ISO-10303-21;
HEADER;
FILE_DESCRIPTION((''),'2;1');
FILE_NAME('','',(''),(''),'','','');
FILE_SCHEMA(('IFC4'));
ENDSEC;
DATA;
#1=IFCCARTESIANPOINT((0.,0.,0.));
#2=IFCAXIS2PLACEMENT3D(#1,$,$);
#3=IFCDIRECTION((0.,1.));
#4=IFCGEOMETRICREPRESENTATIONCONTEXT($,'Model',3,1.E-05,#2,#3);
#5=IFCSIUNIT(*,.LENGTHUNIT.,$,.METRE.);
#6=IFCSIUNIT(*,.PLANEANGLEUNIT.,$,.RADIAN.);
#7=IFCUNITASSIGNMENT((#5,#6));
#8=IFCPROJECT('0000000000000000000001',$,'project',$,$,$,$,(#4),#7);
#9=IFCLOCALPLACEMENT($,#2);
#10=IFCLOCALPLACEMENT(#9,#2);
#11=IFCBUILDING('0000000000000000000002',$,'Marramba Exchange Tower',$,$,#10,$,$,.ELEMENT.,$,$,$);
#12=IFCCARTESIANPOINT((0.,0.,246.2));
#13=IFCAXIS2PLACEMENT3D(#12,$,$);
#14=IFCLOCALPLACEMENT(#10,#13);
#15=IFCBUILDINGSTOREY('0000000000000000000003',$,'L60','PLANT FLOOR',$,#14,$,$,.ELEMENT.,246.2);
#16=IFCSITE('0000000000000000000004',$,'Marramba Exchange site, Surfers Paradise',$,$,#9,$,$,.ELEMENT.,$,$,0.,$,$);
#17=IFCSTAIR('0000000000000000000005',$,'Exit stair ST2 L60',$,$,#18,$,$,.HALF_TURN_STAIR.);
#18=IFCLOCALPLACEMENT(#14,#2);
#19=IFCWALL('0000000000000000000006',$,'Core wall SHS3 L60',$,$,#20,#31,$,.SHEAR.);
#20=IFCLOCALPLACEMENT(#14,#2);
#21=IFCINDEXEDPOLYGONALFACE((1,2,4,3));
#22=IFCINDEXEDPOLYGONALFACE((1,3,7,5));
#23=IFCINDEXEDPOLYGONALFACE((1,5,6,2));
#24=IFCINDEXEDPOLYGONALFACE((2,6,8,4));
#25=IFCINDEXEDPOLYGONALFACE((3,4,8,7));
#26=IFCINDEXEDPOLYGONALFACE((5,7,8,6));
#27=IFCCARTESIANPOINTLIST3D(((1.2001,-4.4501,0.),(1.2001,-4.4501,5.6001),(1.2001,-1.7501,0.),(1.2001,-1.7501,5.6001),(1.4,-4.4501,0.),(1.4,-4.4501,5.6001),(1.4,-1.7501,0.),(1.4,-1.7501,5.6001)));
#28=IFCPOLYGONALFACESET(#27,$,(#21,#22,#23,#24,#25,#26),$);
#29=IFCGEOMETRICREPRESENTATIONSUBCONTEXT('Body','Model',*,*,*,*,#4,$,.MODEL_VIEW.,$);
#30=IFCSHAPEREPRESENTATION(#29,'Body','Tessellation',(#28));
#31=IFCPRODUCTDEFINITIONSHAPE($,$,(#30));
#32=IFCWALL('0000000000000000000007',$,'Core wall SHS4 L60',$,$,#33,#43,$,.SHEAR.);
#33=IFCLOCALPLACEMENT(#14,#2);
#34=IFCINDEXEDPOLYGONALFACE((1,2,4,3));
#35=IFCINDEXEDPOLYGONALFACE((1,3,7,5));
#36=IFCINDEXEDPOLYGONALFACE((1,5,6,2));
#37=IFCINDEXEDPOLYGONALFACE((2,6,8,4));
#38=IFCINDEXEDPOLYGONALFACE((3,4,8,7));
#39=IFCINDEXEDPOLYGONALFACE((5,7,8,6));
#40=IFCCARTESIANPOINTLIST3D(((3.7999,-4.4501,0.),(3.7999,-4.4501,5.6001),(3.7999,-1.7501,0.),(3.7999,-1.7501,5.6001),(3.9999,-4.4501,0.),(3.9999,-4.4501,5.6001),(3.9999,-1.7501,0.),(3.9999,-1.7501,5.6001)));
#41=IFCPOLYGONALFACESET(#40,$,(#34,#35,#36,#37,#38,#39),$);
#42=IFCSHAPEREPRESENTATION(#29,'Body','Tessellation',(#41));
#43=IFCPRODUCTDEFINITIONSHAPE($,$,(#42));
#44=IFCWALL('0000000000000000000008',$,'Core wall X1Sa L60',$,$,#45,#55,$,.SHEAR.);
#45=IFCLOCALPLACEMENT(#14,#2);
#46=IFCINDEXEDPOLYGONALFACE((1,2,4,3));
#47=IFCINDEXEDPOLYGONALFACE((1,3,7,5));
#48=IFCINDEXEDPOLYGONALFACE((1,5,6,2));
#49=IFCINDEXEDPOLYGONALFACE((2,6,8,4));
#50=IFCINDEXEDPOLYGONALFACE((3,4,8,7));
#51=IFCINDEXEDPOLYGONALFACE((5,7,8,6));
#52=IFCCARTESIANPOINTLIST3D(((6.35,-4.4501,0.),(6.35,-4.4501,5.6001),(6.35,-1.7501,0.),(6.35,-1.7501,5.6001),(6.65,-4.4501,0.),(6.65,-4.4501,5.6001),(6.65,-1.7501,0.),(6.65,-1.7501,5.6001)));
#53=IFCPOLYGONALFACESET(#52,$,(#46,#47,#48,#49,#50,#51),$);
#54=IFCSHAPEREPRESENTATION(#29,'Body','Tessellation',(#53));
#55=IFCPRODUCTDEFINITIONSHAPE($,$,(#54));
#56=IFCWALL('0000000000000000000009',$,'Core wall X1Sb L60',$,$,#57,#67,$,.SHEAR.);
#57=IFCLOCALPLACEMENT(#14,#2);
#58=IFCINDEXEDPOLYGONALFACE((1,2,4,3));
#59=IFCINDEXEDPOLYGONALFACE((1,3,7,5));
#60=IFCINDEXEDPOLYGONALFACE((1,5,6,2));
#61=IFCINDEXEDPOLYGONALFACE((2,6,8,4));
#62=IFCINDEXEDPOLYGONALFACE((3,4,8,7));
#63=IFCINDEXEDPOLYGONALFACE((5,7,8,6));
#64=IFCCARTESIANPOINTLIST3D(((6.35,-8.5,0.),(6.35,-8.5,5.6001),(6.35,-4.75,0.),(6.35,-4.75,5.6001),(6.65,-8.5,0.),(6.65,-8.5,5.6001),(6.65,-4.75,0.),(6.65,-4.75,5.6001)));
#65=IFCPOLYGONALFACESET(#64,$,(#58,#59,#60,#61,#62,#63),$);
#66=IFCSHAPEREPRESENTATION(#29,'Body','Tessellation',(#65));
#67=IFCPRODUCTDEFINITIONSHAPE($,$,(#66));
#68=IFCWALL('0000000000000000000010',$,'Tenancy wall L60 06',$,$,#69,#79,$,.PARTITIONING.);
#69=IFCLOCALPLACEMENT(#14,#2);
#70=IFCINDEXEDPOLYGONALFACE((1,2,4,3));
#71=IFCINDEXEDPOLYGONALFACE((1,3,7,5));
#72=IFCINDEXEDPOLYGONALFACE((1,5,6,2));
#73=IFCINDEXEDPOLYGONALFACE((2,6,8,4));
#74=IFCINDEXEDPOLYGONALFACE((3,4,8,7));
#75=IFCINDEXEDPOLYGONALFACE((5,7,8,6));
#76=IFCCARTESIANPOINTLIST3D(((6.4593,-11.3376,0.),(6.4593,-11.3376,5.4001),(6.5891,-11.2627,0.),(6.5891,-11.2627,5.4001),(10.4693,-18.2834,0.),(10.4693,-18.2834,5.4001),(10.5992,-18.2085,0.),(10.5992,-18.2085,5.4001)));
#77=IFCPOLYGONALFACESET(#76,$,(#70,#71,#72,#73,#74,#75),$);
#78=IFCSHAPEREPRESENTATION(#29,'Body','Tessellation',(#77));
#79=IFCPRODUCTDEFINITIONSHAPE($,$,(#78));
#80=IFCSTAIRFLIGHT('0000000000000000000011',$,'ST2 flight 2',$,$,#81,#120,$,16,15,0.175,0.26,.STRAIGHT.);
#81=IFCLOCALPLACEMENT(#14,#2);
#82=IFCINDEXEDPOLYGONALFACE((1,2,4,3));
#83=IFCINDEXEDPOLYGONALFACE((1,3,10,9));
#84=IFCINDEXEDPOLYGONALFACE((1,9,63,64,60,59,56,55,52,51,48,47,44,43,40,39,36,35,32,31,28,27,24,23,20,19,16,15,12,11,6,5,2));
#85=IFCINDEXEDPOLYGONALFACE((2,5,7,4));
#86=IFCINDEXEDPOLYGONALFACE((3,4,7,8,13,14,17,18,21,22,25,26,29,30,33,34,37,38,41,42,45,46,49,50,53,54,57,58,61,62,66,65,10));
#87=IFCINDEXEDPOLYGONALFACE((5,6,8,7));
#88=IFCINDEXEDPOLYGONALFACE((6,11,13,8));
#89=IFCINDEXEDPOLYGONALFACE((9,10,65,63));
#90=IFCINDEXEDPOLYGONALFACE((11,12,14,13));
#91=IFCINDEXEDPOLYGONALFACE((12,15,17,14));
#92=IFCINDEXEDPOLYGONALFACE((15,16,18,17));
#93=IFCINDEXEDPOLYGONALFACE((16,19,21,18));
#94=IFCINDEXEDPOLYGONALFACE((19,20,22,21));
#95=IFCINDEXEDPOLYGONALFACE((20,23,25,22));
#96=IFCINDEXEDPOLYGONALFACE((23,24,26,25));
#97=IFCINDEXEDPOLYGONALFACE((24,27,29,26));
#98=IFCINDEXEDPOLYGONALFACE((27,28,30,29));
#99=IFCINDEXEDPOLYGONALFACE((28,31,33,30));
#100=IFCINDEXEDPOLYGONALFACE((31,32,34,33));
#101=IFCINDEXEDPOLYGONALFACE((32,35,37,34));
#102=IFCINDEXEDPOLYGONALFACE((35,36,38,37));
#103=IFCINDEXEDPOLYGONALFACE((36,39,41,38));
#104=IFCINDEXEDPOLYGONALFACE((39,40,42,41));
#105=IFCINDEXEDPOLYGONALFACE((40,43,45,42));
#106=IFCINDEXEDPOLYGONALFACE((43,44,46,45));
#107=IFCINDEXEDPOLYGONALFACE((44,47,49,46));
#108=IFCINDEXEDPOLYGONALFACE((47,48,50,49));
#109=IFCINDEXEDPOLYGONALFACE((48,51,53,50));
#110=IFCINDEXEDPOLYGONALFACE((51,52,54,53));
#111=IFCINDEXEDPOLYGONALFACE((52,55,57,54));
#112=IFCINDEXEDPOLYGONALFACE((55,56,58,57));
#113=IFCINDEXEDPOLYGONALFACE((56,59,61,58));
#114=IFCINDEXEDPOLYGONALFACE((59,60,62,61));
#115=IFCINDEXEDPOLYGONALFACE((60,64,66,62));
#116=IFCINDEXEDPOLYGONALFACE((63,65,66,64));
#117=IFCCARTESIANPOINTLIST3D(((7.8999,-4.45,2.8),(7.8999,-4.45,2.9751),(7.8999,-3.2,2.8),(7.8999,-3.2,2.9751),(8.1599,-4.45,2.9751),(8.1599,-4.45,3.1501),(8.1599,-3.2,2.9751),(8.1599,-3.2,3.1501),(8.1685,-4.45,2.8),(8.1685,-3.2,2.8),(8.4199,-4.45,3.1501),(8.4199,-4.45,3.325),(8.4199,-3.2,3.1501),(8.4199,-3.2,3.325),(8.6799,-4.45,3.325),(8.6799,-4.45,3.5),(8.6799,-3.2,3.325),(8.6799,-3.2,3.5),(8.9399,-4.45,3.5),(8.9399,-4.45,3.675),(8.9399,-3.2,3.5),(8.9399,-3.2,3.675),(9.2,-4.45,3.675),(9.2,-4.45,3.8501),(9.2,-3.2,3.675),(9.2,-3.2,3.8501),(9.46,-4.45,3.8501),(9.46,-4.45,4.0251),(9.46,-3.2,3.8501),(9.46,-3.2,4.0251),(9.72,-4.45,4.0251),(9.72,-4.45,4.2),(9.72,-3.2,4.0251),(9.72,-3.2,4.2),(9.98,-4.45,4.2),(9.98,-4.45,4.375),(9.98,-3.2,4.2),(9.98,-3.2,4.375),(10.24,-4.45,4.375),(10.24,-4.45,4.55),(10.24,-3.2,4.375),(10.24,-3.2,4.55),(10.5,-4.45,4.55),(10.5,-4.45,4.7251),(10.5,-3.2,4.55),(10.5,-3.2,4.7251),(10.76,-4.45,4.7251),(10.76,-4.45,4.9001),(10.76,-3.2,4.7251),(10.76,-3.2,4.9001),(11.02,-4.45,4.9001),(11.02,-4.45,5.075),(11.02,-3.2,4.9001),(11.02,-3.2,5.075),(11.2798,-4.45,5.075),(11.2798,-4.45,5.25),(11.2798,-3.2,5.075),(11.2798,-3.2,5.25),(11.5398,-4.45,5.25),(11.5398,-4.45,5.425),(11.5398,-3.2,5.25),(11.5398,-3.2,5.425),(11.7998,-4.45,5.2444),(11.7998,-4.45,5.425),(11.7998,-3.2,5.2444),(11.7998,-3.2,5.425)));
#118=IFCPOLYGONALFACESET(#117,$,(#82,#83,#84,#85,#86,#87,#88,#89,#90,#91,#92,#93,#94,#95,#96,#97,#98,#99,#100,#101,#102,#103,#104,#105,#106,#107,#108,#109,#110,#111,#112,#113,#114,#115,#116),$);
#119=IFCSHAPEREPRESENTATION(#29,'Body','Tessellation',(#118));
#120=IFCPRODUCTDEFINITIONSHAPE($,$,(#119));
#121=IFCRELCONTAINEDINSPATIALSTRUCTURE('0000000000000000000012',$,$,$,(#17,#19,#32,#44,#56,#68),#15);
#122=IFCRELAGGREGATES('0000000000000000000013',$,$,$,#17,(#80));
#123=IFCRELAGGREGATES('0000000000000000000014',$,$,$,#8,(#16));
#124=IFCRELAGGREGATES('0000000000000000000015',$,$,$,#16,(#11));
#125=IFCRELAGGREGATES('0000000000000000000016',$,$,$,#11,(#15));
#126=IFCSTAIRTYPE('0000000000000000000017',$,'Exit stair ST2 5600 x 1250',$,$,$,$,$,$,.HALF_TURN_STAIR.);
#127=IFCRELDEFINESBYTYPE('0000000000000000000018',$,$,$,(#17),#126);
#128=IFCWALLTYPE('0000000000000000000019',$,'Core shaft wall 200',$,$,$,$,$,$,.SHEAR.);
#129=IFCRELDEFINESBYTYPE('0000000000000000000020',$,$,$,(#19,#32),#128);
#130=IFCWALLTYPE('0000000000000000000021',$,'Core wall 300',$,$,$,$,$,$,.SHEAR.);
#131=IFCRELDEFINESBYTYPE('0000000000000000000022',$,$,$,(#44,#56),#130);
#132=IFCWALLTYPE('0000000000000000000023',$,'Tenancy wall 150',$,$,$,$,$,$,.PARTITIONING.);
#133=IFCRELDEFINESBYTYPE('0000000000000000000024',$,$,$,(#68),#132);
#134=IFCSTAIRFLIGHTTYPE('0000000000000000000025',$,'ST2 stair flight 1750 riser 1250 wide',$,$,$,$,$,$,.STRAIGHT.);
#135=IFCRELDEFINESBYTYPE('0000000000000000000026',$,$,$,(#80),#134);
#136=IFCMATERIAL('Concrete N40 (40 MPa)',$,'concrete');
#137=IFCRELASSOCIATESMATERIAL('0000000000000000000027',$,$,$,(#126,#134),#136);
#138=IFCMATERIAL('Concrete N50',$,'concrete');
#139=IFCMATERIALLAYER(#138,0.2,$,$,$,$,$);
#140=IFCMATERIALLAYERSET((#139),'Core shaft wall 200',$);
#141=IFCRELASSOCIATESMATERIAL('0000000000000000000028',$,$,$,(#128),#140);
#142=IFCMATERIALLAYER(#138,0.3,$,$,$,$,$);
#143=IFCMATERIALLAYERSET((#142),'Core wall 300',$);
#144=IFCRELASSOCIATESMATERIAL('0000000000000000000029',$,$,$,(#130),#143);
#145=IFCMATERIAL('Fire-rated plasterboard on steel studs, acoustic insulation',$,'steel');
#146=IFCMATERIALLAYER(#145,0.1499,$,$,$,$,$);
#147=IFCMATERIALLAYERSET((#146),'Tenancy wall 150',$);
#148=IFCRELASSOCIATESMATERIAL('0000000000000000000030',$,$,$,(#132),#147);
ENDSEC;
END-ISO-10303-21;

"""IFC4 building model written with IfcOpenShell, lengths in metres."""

from ifc_helpers import new_model, si_unit, direction, frame, frame_2d, origin, place, context, subcontext, project, spatial, polyline, rectangle, outline, extrude, material, layer, layer_set, type_object, element, aggregate, save


model = new_model("IFC4")

# Units and contexts
model_context = context("Model", 3, precision=1e-05, world=origin(), true_north=direction((0.0, 1.0)))
body_context = subcontext(model_context, "Body", "Model", "MODEL_VIEW")
ifc_project = project(units=[si_unit("LENGTHUNIT", "METRE"), si_unit("PLANEANGLEUNIT", "RADIAN")], contexts=[model_context])

# Site, building, storey
site_placement = place(None, origin())
site = spatial("IfcSite", under=ifc_project, at=site_placement, Name="Marramba Exchange site, Surfers Paradise", CompositionType="ELEMENT", RefElevation=0.0)
building_placement = place(site_placement, origin())
building = spatial("IfcBuilding", under=site, at=building_placement, Name="Marramba Exchange Tower", CompositionType="ELEMENT")
storey_placement = place(building_placement, frame((0.0, 0.0, 246.2)))
storey = spatial("IfcBuildingStorey", under=building, at=storey_placement, Name="L60", Description="PLANT FLOOR", CompositionType="ELEMENT", Elevation=246.2)

# Shared definitions
ifc_material_1 = material(Name="Concrete N50", Category="concrete")

# Stair
ifc_material_2 = material(Name="Concrete N40 (40 MPa)", Category="concrete")
stair_type_1 = type_object("IfcStairType", Name="Exit stair ST2 5600 x 1250", PredefinedType="HALF_TURN_STAIR", material=ifc_material_2)
stair_1_placement = place(storey_placement, origin())
stair_1 = element("IfcStair", 1, at=stair_1_placement, inside=storey, type_object=stair_type_1, Name="Exit stair ST2 L60", PredefinedType="HALF_TURN_STAIR")

# Walls
ifc_layer_1 = layer(ifc_material_1, 0.2)
ifc_layer_set_1 = layer_set([ifc_layer_1], Name="Core shaft wall 200")
wall_type_1 = type_object("IfcWallType", Name="Core shaft wall 200", PredefinedType="SHEAR", material=ifc_layer_set_1)
for number, where, z_axis, x_axis, name in (
    (2, (1.3, -1.75, 0.0), (0.0, 0.0, 1.0), (0.0, -1.0, 0.0), "Core wall SHS3 L60"),
    (3, (3.8999, -1.75, 0.0), (0.0, 0.0, 1.0), (0.0, -1.0, 0.0), "Core wall SHS4 L60"),
):
    element("IfcWall", number, at=place(storey_placement, frame(where, z_axis=z_axis, x_axis=x_axis)), inside=storey, type_object=wall_type_1, Name=name, PredefinedType="SHEAR", context=body_context, shape_type="SweptSolid", body=[
        extrude(rectangle(XDim=2.7, YDim=0.2, at=frame_2d((1.3501, 0.0))), origin(), (0.0, 0.0, 1.0), 5.6001),
    ])
ifc_layer_2 = layer(ifc_material_1, 0.3)
ifc_layer_set_2 = layer_set([ifc_layer_2], Name="Core wall 300")
wall_type_2 = type_object("IfcWallType", Name="Core wall 300", PredefinedType="SHEAR", material=ifc_layer_set_2)
wall_1_placement = place(storey_placement, frame((6.5, -1.75, 0.0), z_axis=(0.0, 0.0, 1.0), x_axis=(0.0, -1.0, 0.0)))
element("IfcWall", 4, at=wall_1_placement, inside=storey, type_object=wall_type_2, Name="Core wall X1Sa L60", PredefinedType="SHEAR", context=body_context, shape_type="SweptSolid", body=[
    extrude(rectangle(XDim=2.7, YDim=0.3, at=frame_2d((1.3501, 0.0))), origin(), (0.0, 0.0, 1.0), 5.6001),
])
wall_2_placement = place(storey_placement, frame((6.5, -4.75, 0.0), z_axis=(0.0, 0.0, 1.0), x_axis=(0.0, -1.0, 0.0)))
element("IfcWall", 5, at=wall_2_placement, inside=storey, type_object=wall_type_2, Name="Core wall X1Sb L60", PredefinedType="SHEAR", context=body_context, shape_type="SweptSolid", body=[
    extrude(rectangle(XDim=3.75, YDim=0.3, at=frame_2d((1.875, 0.0))), origin(), (0.0, 0.0, 1.0), 5.6001),
])
ifc_material_3 = material(Name="Fire-rated plasterboard on steel studs, acoustic insulation", Category="steel")
ifc_layer_3 = layer(ifc_material_3, 0.1499)
ifc_layer_set_3 = layer_set([ifc_layer_3], Name="Tenancy wall 150")
wall_type_3 = type_object("IfcWallType", Name="Tenancy wall 150", PredefinedType="PARTITIONING", material=ifc_layer_set_3)
wall_3_placement = place(storey_placement, frame((6.5242, -11.3, 0.0), z_axis=(0.0, 0.0, 1.0), x_axis=(0.499986, -0.866034, 0.0)))
element("IfcWall", 6, at=wall_3_placement, inside=storey, type_object=wall_type_3, Name="Tenancy wall L60 06", PredefinedType="PARTITIONING", context=body_context, shape_type="SweptSolid", body=[
    extrude(rectangle(XDim=8.0203, YDim=0.1499, at=frame_2d((4.0103, 0.0))), origin(), (0.0, 0.0, 1.0), 5.4001),
])

# Stair flight
stair_flight_type = type_object("IfcStairFlightType", Name="ST2 stair flight 1750 riser 1250 wide", PredefinedType="STRAIGHT", material=ifc_material_2)
stair_flight_placement = place(storey_placement, frame((7.8999, -3.825, 2.8), z_axis=(0.0, 0.0, 1.0), x_axis=(1.0, 0.0, 0.0)))
stair_flight = element("IfcStairFlight", 7, at=stair_flight_placement, type_object=stair_flight_type, Name="ST2 flight 2", NumberOfRisers=16, NumberOfTreads=15, PredefinedType="STRAIGHT", RiserHeight=0.175, TreadLength=0.26, context=body_context, shape_type="SweptSolid", body=[
    extrude(outline(polyline([(0.0, 0.0), (0.0, 0.175), (0.26, 0.175), (0.26, 0.3501), (0.52, 0.3501), (0.52, 0.5249), (0.78, 0.5249), (0.78, 0.7), (1.04, 0.7), (1.04, 0.875), (1.3, 0.875), (1.3, 1.05), (1.5601, 1.05), (1.5601, 1.2251), (1.8201, 1.2251), (1.8201, 1.3999), (2.0801, 1.3999), (2.0801, 1.575), (2.3401, 1.575), (2.3401, 1.75), (2.6001, 1.75), (2.6001, 1.925), (2.8601, 1.925), (2.8601, 2.1001), (3.1201, 2.1001), (3.1201, 2.2749), (3.3799, 2.2749), (3.3799, 2.45), (3.6399, 2.45), (3.6399, 2.625), (3.8999, 2.625), (3.8999, 2.8), (3.8999, 2.4443), (0.2686, 0.0), (0.0, 0.0)])), frame((0.0, 0.625, 0.0), z_axis=(0.0, -1.0, 0.0), x_axis=(1.0, 0.0, 0.0)), (0.0, 0.0, 1.0), 1.25),
])
aggregate(stair_1, [stair_flight])

save(model, "model.ifc")
